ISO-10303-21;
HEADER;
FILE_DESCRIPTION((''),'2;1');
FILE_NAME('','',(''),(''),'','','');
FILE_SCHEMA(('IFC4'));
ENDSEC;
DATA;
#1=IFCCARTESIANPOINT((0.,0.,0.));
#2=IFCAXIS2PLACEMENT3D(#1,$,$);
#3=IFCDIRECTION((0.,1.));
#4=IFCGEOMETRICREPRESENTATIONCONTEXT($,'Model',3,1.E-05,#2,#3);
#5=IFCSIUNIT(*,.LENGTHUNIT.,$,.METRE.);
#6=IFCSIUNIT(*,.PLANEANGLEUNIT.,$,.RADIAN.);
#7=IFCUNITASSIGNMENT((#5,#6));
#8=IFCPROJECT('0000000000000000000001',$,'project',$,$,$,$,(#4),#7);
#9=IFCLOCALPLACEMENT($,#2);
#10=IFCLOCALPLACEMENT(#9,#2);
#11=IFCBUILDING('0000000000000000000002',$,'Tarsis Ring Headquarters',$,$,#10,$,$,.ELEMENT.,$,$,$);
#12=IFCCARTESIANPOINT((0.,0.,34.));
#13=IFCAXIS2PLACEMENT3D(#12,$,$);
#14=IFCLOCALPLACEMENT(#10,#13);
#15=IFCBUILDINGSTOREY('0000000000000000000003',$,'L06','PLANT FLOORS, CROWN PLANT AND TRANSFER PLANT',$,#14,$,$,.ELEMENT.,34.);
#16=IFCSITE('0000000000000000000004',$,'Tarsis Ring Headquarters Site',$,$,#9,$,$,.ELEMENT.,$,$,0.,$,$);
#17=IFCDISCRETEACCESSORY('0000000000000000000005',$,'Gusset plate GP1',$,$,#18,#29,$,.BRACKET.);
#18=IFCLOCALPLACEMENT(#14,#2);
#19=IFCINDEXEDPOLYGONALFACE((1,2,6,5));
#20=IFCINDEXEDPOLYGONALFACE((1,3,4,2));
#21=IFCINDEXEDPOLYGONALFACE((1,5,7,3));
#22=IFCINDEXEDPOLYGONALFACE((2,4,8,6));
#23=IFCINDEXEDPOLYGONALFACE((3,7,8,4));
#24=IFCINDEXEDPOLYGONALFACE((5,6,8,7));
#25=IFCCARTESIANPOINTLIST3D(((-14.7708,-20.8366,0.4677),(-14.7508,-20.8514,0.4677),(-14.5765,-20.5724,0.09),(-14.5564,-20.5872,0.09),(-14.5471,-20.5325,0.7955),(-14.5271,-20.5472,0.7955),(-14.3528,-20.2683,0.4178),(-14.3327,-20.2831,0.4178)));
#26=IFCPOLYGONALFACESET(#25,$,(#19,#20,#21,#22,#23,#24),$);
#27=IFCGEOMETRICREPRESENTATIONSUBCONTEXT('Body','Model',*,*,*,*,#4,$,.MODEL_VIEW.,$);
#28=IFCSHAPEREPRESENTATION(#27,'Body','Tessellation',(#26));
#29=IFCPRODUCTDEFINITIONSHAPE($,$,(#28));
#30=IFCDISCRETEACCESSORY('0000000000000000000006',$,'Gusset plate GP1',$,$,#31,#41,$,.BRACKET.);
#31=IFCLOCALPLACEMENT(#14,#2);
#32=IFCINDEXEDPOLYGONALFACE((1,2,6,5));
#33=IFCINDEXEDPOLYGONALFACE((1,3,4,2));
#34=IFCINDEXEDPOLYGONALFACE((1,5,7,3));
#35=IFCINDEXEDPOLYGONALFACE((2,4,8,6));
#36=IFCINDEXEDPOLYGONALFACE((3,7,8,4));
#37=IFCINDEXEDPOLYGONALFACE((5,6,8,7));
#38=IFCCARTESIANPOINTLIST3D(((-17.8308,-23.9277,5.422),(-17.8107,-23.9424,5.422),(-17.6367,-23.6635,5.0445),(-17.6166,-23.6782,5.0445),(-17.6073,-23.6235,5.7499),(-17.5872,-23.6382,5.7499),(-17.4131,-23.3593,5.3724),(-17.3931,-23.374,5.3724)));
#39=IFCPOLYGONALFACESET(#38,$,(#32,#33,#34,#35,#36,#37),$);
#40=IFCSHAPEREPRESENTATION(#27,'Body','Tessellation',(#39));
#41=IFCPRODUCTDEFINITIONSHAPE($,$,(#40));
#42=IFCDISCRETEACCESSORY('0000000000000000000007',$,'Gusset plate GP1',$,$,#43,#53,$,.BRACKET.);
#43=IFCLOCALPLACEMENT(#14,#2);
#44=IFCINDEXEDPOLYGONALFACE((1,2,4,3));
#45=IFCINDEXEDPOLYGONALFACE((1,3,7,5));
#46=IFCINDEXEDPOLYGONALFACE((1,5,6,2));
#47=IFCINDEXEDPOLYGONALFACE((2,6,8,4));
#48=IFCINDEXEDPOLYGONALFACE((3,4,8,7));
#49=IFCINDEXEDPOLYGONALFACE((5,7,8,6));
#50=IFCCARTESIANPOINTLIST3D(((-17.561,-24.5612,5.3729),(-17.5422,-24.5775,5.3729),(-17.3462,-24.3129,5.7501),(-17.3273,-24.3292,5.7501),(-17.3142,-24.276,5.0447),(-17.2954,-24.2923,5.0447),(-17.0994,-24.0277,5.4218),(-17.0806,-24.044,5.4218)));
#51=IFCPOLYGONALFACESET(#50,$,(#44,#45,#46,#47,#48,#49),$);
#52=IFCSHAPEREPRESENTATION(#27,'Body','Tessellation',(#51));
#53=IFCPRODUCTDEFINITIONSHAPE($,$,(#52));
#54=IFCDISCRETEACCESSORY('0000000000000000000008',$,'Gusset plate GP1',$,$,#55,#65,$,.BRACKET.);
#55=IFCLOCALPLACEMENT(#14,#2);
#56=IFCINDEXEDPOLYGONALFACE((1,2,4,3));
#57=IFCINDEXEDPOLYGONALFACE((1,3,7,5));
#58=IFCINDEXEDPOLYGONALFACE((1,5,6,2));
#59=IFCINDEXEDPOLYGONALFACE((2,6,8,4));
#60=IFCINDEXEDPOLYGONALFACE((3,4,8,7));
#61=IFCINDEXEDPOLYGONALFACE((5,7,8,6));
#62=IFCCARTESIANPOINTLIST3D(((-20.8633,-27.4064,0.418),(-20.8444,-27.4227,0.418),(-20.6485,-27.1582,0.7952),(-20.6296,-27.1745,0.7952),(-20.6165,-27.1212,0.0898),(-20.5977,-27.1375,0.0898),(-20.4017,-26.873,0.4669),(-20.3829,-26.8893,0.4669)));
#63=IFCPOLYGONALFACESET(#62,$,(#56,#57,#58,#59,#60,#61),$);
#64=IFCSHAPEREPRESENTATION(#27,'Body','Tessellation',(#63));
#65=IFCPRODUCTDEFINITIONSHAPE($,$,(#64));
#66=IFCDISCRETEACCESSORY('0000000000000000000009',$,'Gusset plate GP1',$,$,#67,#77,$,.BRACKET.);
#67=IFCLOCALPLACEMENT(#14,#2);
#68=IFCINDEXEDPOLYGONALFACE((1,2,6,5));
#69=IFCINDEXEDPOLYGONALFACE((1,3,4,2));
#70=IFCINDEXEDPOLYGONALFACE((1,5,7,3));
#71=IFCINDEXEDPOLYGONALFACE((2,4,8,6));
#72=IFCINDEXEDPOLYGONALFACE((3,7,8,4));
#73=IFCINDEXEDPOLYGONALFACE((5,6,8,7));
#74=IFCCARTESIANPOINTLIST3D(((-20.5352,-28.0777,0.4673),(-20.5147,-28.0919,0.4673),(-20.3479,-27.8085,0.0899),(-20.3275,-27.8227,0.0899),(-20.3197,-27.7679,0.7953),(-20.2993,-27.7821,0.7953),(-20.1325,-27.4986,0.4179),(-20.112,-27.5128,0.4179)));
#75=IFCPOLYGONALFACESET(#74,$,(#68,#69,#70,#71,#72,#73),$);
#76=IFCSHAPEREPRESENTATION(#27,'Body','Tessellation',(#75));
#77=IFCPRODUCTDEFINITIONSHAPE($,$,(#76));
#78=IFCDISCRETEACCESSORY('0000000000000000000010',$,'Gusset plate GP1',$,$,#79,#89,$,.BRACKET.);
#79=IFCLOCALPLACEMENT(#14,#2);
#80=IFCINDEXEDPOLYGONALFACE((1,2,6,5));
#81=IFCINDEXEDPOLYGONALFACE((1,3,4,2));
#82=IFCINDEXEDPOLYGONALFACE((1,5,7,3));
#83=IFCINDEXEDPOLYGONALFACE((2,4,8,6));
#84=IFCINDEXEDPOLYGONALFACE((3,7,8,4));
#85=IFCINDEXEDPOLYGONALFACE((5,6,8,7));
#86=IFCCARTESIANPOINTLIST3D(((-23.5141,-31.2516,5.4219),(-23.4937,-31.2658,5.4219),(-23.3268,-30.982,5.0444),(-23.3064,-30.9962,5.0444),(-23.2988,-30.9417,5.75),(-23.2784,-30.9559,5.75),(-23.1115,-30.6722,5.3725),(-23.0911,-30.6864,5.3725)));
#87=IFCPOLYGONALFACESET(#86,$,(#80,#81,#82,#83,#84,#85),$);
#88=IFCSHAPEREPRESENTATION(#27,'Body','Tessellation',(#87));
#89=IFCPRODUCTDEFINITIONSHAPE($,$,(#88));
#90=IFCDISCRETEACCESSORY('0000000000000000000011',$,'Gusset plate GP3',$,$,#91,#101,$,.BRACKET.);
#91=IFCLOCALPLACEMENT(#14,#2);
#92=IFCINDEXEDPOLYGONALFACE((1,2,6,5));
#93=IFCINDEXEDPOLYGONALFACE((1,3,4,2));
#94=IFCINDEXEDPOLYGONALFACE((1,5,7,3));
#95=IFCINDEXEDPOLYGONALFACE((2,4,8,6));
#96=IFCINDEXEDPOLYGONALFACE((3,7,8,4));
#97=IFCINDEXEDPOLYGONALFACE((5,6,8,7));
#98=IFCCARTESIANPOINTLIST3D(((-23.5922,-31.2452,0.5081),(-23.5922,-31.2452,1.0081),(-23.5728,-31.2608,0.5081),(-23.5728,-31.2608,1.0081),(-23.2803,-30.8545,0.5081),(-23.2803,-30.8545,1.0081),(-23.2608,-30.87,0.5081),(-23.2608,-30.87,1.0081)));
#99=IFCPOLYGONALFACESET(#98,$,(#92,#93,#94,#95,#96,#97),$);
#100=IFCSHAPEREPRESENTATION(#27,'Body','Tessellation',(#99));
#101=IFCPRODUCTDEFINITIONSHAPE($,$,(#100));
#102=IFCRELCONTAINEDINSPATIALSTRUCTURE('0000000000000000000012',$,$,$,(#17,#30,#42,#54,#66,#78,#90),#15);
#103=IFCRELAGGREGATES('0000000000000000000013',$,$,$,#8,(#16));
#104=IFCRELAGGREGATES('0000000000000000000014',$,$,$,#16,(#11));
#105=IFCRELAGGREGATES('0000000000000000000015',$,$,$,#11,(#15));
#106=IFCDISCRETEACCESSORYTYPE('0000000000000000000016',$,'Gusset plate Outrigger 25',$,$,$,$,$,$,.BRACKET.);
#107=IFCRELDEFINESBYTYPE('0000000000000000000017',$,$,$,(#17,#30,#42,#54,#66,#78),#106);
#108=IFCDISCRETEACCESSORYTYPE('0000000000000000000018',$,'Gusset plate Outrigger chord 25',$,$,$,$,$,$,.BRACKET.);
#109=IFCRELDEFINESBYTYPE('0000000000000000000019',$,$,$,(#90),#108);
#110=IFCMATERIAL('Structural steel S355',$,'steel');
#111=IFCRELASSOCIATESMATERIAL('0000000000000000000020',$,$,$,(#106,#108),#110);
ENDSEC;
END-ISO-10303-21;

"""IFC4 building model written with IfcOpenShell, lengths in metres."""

from ifc_helpers import new_model, si_unit, direction, frame, origin, origin_2d, place, context, subcontext, project, spatial, rectangle, extrude, material, material_profile, profile_set, type_object, element, save


model = new_model("IFC4")

# Units and contexts
model_context = context("Model", 3, precision=1e-05, world=origin(), true_north=direction((0.0, 1.0)))
body_context = subcontext(model_context, "Body", "Model", "MODEL_VIEW")
ifc_project = project(units=[si_unit("LENGTHUNIT", "METRE"), si_unit("PLANEANGLEUNIT", "RADIAN")], contexts=[model_context])

# Site, building, storey
site_placement = place(None, origin())
site = spatial("IfcSite", under=ifc_project, at=site_placement, Name="Tarsis Ring Headquarters Site", CompositionType="ELEMENT", RefElevation=0.0)
building_placement = place(site_placement, origin())
building = spatial("IfcBuilding", under=site, at=building_placement, Name="Tarsis Ring Headquarters", CompositionType="ELEMENT")
storey_placement = place(building_placement, frame((0.0, 0.0, 34.0)))
storey = spatial("IfcBuildingStorey", under=building, at=storey_placement, Name="L06", Description="PLANT FLOORS, CROWN PLANT AND TRANSFER PLANT", CompositionType="ELEMENT", Elevation=34.0)

# Shared definitions
ifc_material_1 = material(Name="Structural steel S355", Category="steel")

# Discrete accessories
ifc_material_profile_1 = material_profile(ifc_material_1, rectangle(XDim=0.0249, YDim=0.5, at=origin_2d()), Name="PL 25x500")
ifc_profile_set_1 = profile_set([ifc_material_profile_1], Name="Structural steel S355")
discrete_accessory_type_1 = type_object("IfcDiscreteAccessoryType", Name="Gusset plate Outrigger 25", PredefinedType="BRACKET", material=ifc_profile_set_1)
discrete_accessory_1_placement = place(storey_placement, frame((-14.4546, -20.4277, 0.2539), z_axis=(-0.388522, -0.528116, 0.755079), x_axis=(0.805505, -0.592589, 0.0)))
element("IfcDiscreteAccessory", 1, at=discrete_accessory_1_placement, inside=storey, type_object=discrete_accessory_type_1, Name="Gusset plate GP1", PredefinedType="BRACKET", context=body_context, shape_type="SweptSolid", body=[
    extrude(rectangle(XDim=0.0249, YDim=0.5, at=origin_2d()), origin(), (0.0, 0.0, 1.0), 0.5002),
])
for number, where, z_axis, x_axis, name in (
    (2, (-17.709, -23.783, 5.5859), (0.38825, 0.528411, -0.755012), (-0.80586, 0.592106, 0.0), "Gusset plate GP1"),
    (3, (-17.2134, -24.1785, 5.5859), (-0.429615, -0.496499, -0.754268), (0.756204, -0.654336, 0.0), "Gusset plate GP1"),
    (4, (-20.7305, -27.272, 0.2539), (0.429615, 0.496499, 0.754268), (-0.756204, 0.654336, 0.0), "Gusset plate GP1"),
    (5, (-20.23, -27.6606, 0.2539), (-0.37448, -0.538529, 0.754819), (0.821011, -0.570912, 0.0), "Gusset plate GP1"),
):
    element("IfcDiscreteAccessory", number, at=place(storey_placement, frame(where, z_axis=z_axis, x_axis=x_axis)), inside=storey, type_object=discrete_accessory_type_1, Name=name, PredefinedType="BRACKET", context=body_context, shape_type="SweptSolid", body=[
        extrude(rectangle(XDim=0.0249, YDim=0.5, at=origin_2d()), origin(), (0.0, 0.0, 1.0), 0.5),
    ])
discrete_accessory_2_placement = place(storey_placement, frame((-23.3962, -31.1038, 5.5859), z_axis=(0.374382, 0.538875, -0.75462), x_axis=(-0.821254, 0.570563, 0.0)))
element("IfcDiscreteAccessory", 6, at=discrete_accessory_2_placement, inside=storey, type_object=discrete_accessory_type_1, Name="Gusset plate GP1", PredefinedType="BRACKET", context=body_context, shape_type="SweptSolid", body=[
    extrude(rectangle(XDim=0.0249, YDim=0.5, at=origin_2d()), origin(), (0.0, 0.0, 1.0), 0.5002),
])
discrete_accessory_type_2 = type_object("IfcDiscreteAccessoryType", Name="Gusset plate Outrigger chord 25", PredefinedType="BRACKET", material=ifc_profile_set_1)
discrete_accessory_3_placement = place(storey_placement, frame((-23.4265, -31.0576, 0.5081), z_axis=(0.0, 0.0, 1.0), x_axis=(-0.781483, 0.623926, 0.0)))
element("IfcDiscreteAccessory", 7, at=discrete_accessory_3_placement, inside=storey, type_object=discrete_accessory_type_2, Name="Gusset plate GP3", PredefinedType="BRACKET", context=body_context, shape_type="SweptSolid", body=[
    extrude(rectangle(XDim=0.0249, YDim=0.5, at=origin_2d()), origin(), (0.0, 0.0, 1.0), 0.5),
])

save(model, "model.ifc")
